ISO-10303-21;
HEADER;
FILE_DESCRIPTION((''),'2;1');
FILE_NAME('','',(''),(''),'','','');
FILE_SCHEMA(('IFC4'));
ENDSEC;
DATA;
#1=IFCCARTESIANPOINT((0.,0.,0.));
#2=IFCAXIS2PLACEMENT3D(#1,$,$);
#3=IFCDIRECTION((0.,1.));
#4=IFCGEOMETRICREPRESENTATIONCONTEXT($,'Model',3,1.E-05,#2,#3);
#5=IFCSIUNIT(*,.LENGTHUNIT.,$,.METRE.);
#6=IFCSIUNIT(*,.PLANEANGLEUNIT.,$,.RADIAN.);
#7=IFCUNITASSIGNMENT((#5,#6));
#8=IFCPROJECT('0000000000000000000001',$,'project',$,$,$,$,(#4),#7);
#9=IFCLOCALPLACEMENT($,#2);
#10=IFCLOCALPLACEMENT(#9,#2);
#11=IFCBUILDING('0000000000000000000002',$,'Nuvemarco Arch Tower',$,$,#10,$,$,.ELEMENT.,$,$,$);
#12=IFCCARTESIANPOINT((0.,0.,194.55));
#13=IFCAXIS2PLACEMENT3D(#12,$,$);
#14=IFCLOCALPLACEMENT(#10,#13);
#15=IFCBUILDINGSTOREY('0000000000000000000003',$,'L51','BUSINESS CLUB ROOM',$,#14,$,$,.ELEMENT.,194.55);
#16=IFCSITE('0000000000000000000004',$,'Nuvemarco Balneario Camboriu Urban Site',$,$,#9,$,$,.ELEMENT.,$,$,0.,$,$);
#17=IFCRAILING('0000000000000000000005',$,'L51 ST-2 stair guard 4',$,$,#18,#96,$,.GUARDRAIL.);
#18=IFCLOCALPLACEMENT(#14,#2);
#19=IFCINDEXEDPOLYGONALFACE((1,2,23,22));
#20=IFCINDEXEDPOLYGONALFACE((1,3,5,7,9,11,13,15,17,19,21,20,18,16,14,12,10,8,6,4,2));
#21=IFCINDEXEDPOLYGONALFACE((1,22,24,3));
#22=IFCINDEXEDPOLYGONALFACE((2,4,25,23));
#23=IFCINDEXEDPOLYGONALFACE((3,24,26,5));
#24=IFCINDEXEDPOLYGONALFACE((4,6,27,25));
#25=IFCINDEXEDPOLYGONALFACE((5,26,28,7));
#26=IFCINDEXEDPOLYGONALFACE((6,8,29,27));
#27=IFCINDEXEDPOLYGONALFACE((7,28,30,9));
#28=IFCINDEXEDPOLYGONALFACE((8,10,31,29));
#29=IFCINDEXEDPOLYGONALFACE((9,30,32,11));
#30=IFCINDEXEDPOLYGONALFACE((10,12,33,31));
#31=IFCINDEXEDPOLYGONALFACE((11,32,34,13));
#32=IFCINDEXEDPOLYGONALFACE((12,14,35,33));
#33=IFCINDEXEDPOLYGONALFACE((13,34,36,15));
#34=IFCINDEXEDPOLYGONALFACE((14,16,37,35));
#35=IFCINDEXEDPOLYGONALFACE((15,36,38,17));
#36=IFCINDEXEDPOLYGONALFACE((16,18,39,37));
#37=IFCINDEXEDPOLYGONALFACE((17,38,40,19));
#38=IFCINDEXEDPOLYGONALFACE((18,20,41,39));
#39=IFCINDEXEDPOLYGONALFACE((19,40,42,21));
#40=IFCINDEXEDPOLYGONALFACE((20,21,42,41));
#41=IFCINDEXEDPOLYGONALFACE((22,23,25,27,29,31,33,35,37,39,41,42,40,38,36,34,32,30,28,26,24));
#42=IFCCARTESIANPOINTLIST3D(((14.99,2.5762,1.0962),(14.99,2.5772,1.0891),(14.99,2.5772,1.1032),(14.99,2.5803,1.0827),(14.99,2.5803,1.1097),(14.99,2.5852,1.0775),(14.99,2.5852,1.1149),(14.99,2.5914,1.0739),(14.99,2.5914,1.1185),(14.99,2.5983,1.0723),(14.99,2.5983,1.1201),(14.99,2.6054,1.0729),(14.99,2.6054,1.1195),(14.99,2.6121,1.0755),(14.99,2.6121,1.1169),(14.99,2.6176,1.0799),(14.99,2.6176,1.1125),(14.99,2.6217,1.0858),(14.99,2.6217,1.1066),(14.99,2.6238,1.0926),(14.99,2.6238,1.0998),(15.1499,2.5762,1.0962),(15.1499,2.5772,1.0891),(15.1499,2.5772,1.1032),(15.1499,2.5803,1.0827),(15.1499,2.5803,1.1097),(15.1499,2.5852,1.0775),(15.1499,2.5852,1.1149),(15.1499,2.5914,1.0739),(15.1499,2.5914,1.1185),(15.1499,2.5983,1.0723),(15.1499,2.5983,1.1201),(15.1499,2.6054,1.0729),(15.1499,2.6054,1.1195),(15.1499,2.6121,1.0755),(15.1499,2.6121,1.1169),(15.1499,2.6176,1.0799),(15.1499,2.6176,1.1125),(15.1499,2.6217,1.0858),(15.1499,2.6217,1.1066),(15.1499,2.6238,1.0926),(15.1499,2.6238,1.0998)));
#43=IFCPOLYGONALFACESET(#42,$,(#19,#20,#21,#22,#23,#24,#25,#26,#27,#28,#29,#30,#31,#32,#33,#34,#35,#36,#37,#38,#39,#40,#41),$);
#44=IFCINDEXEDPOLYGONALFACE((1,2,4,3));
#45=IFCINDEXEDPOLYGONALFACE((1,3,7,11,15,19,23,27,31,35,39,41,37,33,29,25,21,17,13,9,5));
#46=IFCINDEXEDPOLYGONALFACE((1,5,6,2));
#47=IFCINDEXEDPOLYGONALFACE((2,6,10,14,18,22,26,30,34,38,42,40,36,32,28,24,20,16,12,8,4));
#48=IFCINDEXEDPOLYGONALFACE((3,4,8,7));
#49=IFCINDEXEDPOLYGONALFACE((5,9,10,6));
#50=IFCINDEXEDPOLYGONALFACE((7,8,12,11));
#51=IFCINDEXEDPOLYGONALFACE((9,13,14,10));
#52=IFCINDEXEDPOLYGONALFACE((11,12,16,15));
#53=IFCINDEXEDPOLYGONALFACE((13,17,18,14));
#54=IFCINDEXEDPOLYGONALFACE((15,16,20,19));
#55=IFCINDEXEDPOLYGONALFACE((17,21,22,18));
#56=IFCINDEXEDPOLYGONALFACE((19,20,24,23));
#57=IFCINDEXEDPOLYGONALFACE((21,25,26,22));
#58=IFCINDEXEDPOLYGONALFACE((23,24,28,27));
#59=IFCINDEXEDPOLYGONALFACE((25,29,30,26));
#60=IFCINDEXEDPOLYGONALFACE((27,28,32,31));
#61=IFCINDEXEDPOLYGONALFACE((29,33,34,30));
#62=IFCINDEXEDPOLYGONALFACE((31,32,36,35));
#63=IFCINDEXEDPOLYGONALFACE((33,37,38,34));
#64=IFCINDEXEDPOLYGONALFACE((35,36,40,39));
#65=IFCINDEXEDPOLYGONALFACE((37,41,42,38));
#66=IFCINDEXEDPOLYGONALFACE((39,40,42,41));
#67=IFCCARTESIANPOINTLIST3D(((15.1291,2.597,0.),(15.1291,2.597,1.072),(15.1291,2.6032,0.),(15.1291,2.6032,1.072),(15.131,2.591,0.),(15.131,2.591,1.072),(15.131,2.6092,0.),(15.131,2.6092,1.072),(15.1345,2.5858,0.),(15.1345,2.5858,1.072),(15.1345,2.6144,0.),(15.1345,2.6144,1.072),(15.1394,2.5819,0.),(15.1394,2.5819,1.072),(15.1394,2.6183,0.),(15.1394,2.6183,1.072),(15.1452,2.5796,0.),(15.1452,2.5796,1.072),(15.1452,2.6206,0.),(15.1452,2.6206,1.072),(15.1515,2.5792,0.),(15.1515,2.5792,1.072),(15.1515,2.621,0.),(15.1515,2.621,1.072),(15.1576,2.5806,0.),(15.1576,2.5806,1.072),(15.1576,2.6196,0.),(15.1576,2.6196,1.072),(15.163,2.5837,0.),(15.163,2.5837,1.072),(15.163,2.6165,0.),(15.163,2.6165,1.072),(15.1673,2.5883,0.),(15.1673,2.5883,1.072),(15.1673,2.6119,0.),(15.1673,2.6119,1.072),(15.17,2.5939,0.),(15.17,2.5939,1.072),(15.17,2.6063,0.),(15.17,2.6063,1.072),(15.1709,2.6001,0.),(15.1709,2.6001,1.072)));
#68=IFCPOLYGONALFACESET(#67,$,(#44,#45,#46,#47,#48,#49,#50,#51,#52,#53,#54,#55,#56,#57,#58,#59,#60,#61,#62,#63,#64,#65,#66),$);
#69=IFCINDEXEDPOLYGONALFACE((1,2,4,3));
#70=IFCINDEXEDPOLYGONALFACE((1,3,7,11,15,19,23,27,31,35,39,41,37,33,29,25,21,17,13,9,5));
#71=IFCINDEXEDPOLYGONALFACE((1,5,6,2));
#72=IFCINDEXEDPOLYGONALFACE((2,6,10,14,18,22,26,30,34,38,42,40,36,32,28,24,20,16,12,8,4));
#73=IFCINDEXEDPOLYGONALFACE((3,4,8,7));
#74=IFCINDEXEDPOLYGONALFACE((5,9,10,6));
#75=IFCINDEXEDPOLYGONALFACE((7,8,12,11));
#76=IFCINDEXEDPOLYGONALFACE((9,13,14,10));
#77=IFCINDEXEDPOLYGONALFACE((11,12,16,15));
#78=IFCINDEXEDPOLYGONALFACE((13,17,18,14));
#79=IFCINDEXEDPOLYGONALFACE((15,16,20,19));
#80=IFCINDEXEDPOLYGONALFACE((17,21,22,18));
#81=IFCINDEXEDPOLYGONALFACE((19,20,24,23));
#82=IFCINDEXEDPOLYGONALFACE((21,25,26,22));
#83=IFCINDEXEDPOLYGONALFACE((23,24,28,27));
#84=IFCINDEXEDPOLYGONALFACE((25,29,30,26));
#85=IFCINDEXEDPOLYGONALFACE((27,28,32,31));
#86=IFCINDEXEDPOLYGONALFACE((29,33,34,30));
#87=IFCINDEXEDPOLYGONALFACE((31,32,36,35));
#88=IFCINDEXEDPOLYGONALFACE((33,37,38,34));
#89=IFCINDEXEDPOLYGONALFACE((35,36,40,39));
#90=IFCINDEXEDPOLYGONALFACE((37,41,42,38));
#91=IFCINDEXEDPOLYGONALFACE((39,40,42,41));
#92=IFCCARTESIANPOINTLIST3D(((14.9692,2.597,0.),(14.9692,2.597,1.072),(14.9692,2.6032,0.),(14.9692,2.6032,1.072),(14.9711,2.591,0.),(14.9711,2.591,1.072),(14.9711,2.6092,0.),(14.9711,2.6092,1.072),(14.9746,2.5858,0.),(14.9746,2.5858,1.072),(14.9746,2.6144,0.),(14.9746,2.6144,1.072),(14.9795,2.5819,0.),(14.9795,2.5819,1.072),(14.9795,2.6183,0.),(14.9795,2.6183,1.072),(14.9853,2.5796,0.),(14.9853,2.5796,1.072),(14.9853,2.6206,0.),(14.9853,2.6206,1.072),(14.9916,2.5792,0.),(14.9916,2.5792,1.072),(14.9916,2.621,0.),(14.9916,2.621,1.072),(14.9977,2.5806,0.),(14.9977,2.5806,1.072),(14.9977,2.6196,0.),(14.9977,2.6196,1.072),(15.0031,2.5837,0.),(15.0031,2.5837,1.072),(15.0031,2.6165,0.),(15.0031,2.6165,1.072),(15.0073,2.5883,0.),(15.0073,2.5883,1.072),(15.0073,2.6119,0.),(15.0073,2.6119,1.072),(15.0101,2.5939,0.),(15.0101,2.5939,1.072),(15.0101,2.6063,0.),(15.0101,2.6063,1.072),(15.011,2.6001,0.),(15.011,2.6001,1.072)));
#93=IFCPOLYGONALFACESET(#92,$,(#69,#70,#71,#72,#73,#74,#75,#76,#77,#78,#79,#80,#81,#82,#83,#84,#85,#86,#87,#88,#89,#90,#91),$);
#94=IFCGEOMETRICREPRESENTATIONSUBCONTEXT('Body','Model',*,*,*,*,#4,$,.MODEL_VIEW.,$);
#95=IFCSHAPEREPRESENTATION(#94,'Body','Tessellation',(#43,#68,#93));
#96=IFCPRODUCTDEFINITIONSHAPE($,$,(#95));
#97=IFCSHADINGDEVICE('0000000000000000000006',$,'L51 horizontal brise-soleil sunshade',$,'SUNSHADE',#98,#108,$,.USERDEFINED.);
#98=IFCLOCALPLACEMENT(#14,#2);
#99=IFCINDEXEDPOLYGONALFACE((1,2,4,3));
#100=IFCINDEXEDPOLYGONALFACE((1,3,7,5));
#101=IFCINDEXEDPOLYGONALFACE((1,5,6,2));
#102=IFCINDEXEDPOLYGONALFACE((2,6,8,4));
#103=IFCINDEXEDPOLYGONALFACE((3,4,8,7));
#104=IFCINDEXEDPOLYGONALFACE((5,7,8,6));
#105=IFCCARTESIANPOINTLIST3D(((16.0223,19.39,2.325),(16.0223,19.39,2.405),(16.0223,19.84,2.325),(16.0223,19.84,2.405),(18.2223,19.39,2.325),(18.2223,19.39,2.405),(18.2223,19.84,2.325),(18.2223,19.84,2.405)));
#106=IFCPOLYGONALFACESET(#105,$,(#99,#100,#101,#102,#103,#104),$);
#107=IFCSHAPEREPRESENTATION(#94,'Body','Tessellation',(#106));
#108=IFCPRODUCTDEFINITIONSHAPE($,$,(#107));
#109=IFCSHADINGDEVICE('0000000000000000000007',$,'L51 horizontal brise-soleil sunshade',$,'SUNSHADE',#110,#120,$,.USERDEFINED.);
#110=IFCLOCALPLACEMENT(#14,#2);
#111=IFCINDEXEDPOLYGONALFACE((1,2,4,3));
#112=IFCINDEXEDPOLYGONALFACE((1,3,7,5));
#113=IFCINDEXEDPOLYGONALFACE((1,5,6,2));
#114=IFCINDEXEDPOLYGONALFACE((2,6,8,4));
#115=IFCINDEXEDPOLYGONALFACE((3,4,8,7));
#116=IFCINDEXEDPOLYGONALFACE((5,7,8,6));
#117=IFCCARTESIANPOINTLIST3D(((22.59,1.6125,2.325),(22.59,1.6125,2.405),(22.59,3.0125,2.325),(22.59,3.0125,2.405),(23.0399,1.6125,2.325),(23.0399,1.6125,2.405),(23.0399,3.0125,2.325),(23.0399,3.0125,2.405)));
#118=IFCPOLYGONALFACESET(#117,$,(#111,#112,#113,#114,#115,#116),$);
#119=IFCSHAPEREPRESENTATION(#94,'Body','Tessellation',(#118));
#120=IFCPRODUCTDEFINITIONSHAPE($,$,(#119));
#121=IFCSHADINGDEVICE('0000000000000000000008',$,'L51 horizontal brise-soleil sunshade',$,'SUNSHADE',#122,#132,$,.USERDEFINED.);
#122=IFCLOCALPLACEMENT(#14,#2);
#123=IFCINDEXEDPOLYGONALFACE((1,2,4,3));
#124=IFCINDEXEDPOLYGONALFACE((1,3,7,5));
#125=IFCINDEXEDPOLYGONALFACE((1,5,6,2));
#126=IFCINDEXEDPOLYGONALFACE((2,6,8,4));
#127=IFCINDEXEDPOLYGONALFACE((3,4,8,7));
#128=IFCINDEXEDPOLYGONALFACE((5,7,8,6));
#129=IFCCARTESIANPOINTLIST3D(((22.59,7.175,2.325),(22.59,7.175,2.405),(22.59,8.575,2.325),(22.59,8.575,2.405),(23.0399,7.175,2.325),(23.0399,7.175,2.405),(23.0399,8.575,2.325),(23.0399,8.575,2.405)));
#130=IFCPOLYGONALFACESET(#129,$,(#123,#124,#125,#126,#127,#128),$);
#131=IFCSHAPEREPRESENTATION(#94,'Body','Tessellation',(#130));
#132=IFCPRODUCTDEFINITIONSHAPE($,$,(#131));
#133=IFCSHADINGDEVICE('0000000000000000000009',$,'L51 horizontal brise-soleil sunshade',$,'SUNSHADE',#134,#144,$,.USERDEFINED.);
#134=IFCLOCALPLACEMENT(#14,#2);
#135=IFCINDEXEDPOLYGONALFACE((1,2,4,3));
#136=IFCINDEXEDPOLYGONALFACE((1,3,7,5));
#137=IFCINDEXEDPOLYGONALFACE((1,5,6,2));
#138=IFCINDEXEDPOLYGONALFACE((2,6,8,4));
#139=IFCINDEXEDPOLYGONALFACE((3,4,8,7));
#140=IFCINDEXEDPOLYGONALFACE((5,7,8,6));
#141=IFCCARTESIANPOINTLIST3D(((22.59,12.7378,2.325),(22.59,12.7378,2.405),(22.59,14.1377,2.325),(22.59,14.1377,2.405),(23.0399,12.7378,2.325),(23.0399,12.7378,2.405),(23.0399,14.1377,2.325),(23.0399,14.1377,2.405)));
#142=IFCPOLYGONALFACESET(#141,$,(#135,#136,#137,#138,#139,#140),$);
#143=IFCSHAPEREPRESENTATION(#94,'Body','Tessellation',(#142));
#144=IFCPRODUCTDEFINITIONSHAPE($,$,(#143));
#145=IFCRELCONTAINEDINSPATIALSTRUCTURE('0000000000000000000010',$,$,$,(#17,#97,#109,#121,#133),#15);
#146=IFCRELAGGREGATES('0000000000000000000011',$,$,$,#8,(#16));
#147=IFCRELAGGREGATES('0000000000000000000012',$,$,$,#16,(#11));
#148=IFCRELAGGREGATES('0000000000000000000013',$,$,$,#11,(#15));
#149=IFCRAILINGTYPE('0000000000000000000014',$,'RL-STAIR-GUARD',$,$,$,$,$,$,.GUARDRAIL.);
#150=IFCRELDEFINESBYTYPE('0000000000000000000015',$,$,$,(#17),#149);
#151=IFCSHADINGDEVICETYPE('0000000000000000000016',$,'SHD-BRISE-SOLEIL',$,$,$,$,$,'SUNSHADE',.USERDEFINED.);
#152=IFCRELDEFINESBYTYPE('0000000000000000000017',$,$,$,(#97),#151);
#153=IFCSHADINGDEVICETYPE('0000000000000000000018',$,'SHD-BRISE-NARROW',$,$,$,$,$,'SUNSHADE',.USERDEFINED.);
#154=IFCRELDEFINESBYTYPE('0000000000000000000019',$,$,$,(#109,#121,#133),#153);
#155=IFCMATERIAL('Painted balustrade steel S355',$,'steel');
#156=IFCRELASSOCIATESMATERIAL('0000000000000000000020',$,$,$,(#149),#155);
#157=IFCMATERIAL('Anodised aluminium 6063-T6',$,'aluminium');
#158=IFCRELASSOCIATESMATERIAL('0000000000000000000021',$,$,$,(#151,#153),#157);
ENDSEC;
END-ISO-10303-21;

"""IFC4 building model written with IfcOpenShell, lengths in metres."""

from ifc_helpers import new_model, si_unit, direction, frame, origin, origin_2d, place, context, subcontext, project, spatial, rectangle, circle, extrude, source, transform, mapped, material, type_object, type_shapes, element, save


model = new_model("IFC4")

# Units and contexts
model_context = context("Model", 3, precision=1e-05, world=origin(), true_north=direction((0.0, 1.0)))
body_context = subcontext(model_context, "Body", "Model", "MODEL_VIEW")
ifc_project = project(units=[si_unit("LENGTHUNIT", "METRE"), si_unit("PLANEANGLEUNIT", "RADIAN")], contexts=[model_context])

# Site, building, storey
site_placement = place(None, origin())
site = spatial("IfcSite", under=ifc_project, at=site_placement, Name="Nuvemarco Balneario Camboriu Urban Site", CompositionType="ELEMENT", RefElevation=0.0)
building_placement = place(site_placement, origin())
building = spatial("IfcBuilding", under=site, at=building_placement, Name="Nuvemarco Arch Tower", CompositionType="ELEMENT")
storey_placement = place(building_placement, frame((0.0, 0.0, 194.55)))
storey = spatial("IfcBuildingStorey", under=building, at=storey_placement, Name="L51", Description="BUSINESS CLUB ROOM", CompositionType="ELEMENT", Elevation=194.55)

# Railing
ifc_material_1 = material(Name="Painted balustrade steel S355", Category="steel")
railing_type_1 = type_object("IfcRailingType", Name="RL-STAIR-GUARD", PredefinedType="GUARDRAIL", material=ifc_material_1)
railing_1_placement = place(storey_placement, frame((15.1499, 2.6001, 0.0)))
element("IfcRailing", 1, at=railing_1_placement, inside=storey, type_object=railing_type_1, Name="L51 ST-2 stair guard 4", PredefinedType="GUARDRAIL", context=body_context, shape_type="SweptSolid", body=[
    extrude(circle(Radius=0.0239, at=origin_2d()), frame((0.0, 0.0, 1.0962), z_axis=(-1.0, 0.0, 0.0), x_axis=(0.0, -1.0, 0.0)), (0.0, 0.0, 1.0), 0.1599),
    extrude(circle(Radius=0.021, at=origin_2d()), origin(), (0.0, 0.0, 1.0), 1.072),
    extrude(circle(Radius=0.021, at=origin_2d()), frame((-0.1599, 0.0, 0.0)), (0.0, 0.0, 1.0), 1.072),
])

# Shading devices
ifc_material_2 = material(Name="Anodised aluminium 6063-T6", Category="aluminium")
shading_device_type_1 = type_object("IfcShadingDeviceType", Name="SHD-BRISE-SOLEIL", ElementType="SUNSHADE", PredefinedType="USERDEFINED", material=ifc_material_2)
shared_shape_1 = source(origin(), body_context, "Body", "SweptSolid", [
    extrude(rectangle(XDim=2.2, YDim=0.45, at=origin_2d()), origin(), (0.0, 0.0, 1.0), 0.0801),
])
type_shapes(shading_device_type_1, [shared_shape_1])
shading_device_placement = place(storey_placement, frame((17.1223, 19.615, 2.325), z_axis=(0.0, 0.0, 1.0), x_axis=(1.0, 0.0, 0.0)))
element("IfcShadingDevice", 2, at=shading_device_placement, inside=storey, type_object=shading_device_type_1, Name="L51 horizontal brise-soleil sunshade", ObjectType="SUNSHADE", PredefinedType="USERDEFINED", context=body_context, shape_type="MappedRepresentation", body=[
    mapped(shared_shape_1, transform((0.0, 0.0, 0.0), scale=1.0)),
])
shading_device_type_2 = type_object("IfcShadingDeviceType", Name="SHD-BRISE-NARROW", ElementType="SUNSHADE", PredefinedType="USERDEFINED", material=ifc_material_2)
shared_shape_2 = source(origin(), body_context, "Body", "SweptSolid", [
    extrude(rectangle(XDim=1.3999, YDim=0.45, at=origin_2d()), origin(), (0.0, 0.0, 1.0), 0.0801),
])
type_shapes(shading_device_type_2, [shared_shape_2])
for number, where, z_axis, x_axis, name in (
    (3, (22.8149, 2.3125, 2.325), (0.0, 0.0, 1.0), (0.0, 1.0, 0.0), "L51 horizontal brise-soleil sunshade"),
    (4, (22.8149, 7.875, 2.325), (0.0, 0.0, 1.0), (0.0, 1.0, 0.0), "L51 horizontal brise-soleil sunshade"),
    (5, (22.8149, 13.4377, 2.325), (0.0, 0.0, 1.0), (0.0, 1.0, 0.0), "L51 horizontal brise-soleil sunshade"),
):
    element("IfcShadingDevice", number, at=place(storey_placement, frame(where, z_axis=z_axis, x_axis=x_axis)), inside=storey, type_object=shading_device_type_2, Name=name, ObjectType="SUNSHADE", PredefinedType="USERDEFINED", context=body_context, shape_type="MappedRepresentation", body=[
        mapped(shared_shape_2, transform((0.0, 0.0, 0.0), scale=1.0)),
    ])

save(model, "model.ifc")
